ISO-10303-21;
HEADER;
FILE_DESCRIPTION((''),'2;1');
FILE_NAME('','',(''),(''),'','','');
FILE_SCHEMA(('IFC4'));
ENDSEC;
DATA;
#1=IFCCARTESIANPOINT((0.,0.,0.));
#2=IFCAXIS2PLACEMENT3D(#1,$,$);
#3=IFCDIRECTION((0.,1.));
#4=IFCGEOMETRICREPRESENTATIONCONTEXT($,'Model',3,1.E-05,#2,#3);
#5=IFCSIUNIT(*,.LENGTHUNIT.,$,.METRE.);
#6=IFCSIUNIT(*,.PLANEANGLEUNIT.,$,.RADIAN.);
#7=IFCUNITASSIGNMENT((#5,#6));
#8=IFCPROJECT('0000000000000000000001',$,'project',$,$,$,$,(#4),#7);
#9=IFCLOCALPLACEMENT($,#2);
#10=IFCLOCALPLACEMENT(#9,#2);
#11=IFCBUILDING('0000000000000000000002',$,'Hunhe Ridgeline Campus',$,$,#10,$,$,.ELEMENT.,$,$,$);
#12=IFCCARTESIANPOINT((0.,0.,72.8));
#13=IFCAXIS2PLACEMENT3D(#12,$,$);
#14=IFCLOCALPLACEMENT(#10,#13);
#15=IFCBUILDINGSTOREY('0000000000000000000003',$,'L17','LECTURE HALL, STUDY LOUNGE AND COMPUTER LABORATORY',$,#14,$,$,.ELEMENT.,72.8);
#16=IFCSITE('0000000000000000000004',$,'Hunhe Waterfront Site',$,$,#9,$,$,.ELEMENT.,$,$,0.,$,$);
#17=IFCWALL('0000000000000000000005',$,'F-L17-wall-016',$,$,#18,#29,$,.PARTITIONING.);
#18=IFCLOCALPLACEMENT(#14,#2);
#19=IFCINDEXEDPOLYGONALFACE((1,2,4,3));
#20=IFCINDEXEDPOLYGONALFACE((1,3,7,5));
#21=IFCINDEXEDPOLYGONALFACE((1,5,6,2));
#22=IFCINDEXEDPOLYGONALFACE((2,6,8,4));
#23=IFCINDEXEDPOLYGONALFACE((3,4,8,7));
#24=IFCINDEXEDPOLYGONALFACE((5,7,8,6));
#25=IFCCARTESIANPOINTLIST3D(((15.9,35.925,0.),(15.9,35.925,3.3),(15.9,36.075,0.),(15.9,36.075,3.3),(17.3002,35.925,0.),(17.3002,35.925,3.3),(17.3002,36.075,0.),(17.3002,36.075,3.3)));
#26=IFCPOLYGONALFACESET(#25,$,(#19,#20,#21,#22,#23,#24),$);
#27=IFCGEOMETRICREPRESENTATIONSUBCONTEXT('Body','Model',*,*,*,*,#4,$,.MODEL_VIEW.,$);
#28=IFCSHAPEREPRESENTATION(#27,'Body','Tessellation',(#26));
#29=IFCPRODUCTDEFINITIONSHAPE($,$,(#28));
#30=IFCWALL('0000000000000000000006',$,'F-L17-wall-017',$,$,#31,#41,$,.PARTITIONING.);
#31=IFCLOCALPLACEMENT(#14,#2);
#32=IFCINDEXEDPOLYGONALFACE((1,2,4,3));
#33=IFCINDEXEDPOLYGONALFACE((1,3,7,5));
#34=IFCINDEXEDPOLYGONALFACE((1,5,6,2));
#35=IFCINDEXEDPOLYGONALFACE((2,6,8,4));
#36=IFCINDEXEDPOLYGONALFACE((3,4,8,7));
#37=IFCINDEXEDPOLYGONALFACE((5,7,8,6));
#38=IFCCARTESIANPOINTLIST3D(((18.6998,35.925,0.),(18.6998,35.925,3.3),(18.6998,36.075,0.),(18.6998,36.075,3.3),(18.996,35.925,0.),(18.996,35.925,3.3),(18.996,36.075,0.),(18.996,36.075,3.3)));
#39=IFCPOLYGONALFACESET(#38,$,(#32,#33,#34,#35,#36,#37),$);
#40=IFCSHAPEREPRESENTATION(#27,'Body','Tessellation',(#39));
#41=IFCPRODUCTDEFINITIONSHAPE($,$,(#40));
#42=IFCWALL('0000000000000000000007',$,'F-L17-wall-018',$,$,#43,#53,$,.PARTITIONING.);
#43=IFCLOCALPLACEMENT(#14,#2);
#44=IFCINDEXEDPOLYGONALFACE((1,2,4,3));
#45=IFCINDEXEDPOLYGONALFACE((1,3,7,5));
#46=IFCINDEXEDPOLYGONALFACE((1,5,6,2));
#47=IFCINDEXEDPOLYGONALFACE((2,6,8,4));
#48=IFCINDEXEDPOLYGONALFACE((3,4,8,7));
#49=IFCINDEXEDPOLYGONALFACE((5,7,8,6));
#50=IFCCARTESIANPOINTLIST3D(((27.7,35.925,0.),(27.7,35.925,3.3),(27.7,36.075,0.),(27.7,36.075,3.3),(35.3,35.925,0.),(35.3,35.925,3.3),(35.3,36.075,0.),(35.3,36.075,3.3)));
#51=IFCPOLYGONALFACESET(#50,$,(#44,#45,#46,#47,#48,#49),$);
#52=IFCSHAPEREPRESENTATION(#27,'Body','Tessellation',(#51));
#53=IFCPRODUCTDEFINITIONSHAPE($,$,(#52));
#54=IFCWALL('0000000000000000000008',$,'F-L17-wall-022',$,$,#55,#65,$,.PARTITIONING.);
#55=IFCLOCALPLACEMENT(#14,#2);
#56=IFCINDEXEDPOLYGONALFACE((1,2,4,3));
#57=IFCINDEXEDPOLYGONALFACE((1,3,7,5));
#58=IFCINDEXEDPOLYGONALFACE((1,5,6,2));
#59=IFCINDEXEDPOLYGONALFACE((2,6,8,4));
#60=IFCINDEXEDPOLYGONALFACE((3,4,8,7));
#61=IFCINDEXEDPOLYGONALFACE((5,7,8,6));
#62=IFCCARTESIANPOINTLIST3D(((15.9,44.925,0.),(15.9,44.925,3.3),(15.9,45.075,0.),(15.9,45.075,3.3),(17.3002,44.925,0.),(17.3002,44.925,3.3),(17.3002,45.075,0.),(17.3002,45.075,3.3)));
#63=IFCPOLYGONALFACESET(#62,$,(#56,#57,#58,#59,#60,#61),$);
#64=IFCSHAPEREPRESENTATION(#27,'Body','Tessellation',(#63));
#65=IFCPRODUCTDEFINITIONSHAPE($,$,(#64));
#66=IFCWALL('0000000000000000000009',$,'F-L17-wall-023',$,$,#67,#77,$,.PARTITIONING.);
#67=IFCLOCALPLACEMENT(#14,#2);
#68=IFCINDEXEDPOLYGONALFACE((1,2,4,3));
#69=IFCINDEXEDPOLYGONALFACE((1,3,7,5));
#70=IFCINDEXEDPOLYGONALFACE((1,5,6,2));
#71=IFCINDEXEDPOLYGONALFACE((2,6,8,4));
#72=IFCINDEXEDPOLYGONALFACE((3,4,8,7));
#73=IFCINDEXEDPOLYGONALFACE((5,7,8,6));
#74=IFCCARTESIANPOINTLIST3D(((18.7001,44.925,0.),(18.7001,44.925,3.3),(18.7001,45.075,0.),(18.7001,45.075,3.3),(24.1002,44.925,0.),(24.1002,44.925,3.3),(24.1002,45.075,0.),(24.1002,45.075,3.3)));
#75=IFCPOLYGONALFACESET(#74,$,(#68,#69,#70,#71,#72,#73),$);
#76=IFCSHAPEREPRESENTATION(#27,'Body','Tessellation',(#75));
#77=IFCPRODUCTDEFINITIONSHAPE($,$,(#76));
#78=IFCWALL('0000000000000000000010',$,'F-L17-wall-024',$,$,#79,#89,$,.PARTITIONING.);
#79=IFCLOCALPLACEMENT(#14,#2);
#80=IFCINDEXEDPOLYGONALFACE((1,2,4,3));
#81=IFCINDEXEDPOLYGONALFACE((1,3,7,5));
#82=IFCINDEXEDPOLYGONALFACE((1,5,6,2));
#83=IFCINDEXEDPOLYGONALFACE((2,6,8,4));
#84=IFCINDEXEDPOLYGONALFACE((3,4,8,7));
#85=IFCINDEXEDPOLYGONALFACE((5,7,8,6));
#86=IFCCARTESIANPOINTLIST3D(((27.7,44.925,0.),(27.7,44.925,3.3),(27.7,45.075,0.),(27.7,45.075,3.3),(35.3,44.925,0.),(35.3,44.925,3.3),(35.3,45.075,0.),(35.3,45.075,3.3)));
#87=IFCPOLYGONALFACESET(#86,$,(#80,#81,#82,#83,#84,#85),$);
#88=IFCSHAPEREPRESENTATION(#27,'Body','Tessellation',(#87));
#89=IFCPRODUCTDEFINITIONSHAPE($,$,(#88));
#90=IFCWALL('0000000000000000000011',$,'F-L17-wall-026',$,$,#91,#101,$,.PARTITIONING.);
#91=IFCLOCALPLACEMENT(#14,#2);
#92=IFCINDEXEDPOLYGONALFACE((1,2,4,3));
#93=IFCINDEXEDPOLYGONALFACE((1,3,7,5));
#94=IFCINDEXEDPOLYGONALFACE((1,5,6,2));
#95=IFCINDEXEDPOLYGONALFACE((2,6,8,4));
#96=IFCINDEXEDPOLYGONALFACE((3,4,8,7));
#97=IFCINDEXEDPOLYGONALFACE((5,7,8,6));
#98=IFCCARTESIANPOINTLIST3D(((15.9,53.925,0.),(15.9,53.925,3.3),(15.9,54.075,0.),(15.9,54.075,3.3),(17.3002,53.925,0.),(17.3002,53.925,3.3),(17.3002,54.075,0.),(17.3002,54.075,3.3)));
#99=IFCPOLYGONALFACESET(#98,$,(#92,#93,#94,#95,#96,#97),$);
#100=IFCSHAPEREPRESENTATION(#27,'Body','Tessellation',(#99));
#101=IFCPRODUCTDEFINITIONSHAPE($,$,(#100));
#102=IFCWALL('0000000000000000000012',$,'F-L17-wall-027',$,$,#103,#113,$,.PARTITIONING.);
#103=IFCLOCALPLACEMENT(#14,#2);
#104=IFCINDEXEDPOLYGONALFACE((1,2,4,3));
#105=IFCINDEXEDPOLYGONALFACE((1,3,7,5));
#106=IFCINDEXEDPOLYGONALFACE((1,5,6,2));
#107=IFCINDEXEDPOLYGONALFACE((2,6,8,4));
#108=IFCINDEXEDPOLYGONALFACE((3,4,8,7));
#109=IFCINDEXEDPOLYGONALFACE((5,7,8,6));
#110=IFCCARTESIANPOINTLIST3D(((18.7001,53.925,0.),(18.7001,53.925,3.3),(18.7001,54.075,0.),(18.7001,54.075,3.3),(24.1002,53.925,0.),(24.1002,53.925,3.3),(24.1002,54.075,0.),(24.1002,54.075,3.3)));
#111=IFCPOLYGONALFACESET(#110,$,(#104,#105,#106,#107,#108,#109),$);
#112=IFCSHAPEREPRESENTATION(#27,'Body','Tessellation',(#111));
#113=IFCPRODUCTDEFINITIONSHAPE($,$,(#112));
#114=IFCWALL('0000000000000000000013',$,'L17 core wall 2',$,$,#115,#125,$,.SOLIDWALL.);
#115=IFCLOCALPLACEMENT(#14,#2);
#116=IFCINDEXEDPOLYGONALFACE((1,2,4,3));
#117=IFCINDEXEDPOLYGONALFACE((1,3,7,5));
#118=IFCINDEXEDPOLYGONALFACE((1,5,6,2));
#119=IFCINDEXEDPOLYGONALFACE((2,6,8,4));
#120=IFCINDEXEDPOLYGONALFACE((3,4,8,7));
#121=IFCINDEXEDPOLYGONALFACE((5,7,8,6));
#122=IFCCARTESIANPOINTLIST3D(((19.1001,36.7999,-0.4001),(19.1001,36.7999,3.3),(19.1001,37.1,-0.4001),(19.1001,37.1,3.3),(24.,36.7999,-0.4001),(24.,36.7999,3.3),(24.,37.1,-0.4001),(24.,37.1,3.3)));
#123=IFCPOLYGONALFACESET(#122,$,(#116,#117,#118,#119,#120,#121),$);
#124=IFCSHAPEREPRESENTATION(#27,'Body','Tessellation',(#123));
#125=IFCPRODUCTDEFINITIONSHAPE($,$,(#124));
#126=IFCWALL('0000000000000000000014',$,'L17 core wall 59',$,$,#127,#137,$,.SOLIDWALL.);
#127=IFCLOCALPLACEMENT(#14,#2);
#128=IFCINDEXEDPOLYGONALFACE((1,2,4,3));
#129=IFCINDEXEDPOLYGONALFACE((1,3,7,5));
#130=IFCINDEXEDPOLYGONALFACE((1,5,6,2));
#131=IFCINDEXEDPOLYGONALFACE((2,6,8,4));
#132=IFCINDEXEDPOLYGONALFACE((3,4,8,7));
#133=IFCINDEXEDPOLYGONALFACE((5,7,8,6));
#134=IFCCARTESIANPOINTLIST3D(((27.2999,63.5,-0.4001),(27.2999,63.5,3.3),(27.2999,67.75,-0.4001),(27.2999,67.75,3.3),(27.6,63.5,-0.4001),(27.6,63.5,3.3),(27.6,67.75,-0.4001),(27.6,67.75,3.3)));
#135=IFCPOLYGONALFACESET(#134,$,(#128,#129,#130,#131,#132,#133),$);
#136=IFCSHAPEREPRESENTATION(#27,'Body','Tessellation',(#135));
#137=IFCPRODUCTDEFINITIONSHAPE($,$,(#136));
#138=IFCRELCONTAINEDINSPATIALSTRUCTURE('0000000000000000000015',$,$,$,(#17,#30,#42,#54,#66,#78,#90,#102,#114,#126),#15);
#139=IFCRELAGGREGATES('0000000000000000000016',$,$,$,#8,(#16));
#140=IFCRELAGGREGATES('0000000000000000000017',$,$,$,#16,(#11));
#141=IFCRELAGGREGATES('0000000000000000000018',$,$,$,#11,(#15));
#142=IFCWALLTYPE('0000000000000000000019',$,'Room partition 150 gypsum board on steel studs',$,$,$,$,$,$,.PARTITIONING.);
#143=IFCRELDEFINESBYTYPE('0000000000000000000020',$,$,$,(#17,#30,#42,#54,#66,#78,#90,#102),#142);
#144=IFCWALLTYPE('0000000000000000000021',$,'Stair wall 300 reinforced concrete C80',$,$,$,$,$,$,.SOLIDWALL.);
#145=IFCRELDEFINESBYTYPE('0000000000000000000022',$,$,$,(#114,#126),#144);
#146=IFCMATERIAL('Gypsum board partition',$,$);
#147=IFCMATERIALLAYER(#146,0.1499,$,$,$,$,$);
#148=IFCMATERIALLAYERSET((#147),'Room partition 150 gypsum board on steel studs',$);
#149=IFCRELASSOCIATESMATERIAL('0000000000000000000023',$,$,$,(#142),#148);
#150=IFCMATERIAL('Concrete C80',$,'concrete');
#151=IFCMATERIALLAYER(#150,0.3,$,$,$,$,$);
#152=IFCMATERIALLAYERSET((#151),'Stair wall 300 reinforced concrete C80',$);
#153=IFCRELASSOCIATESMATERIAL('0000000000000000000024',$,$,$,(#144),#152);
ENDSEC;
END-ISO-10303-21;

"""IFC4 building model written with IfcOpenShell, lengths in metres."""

from ifc_helpers import new_model, si_unit, direction, frame, frame_2d, origin, place, context, subcontext, project, spatial, rectangle, extrude, material, layer, layer_set, type_object, element, save


model = new_model("IFC4")

# Units and contexts
model_context = context("Model", 3, precision=1e-05, world=origin(), true_north=direction((0.0, 1.0)))
body_context = subcontext(model_context, "Body", "Model", "MODEL_VIEW")
ifc_project = project(units=[si_unit("LENGTHUNIT", "METRE"), si_unit("PLANEANGLEUNIT", "RADIAN")], contexts=[model_context])

# Site, building, storey
site_placement = place(None, origin())
site = spatial("IfcSite", under=ifc_project, at=site_placement, Name="Hunhe Waterfront Site", CompositionType="ELEMENT", RefElevation=0.0)
building_placement = place(site_placement, origin())
building = spatial("IfcBuilding", under=site, at=building_placement, Name="Hunhe Ridgeline Campus", CompositionType="ELEMENT")
storey_placement = place(building_placement, frame((0.0, 0.0, 72.8)))
storey = spatial("IfcBuildingStorey", under=building, at=storey_placement, Name="L17", Description="LECTURE HALL, STUDY LOUNGE AND COMPUTER LABORATORY", CompositionType="ELEMENT", Elevation=72.8)

# Shared definitions
ifc_material_1 = material(Name="Concrete C80", Category="concrete")

# Shared definitions
ifc_material_2 = material(Name="Gypsum board partition")

# Walls
ifc_layer_1 = layer(ifc_material_2, 0.1499)
ifc_layer_set_1 = layer_set([ifc_layer_1], Name="Room partition 150 gypsum board on steel studs")
wall_type_1 = type_object("IfcWallType", Name="Room partition 150 gypsum board on steel studs", PredefinedType="PARTITIONING", material=ifc_layer_set_1)
wall_1_placement = place(storey_placement, frame((15.8999, 36.0, 0.0), z_axis=(0.0, 0.0, 1.0), x_axis=(1.0, 0.0, 0.0)))
element("IfcWall", 1, at=wall_1_placement, inside=storey, type_object=wall_type_1, Name="F-L17-wall-016", PredefinedType="PARTITIONING", context=body_context, shape_type="SweptSolid", body=[
    extrude(rectangle(XDim=1.4001, YDim=0.1499, at=frame_2d((0.7002, 0.0))), origin(), (0.0, 0.0, 1.0), 3.3),
])
wall_2_placement = place(storey_placement, frame((18.7, 36.0, 0.0), z_axis=(0.0, 0.0, 1.0), x_axis=(1.0, 0.0, 0.0)))
element("IfcWall", 2, at=wall_2_placement, inside=storey, type_object=wall_type_1, Name="F-L17-wall-017", PredefinedType="PARTITIONING", context=body_context, shape_type="SweptSolid", body=[
    extrude(rectangle(XDim=0.2961, YDim=0.1499, at=frame_2d((0.1479, 0.0))), origin(), (0.0, 0.0, 1.0), 3.3),
])
wall_3_placement = place(storey_placement, frame((27.7, 36.0, 0.0), z_axis=(0.0, 0.0, 1.0), x_axis=(1.0, 0.0, 0.0)))
element("IfcWall", 3, at=wall_3_placement, inside=storey, type_object=wall_type_1, Name="F-L17-wall-018", PredefinedType="PARTITIONING", context=body_context, shape_type="SweptSolid", body=[
    extrude(rectangle(XDim=7.6001, YDim=0.1499, at=frame_2d((3.8, 0.0))), origin(), (0.0, 0.0, 1.0), 3.3),
])
wall_4_placement = place(storey_placement, frame((15.8999, 45.0, 0.0), z_axis=(0.0, 0.0, 1.0), x_axis=(1.0, 0.0, 0.0)))
element("IfcWall", 4, at=wall_4_placement, inside=storey, type_object=wall_type_1, Name="F-L17-wall-022", PredefinedType="PARTITIONING", context=body_context, shape_type="SweptSolid", body=[
    extrude(rectangle(XDim=1.4001, YDim=0.1499, at=frame_2d((0.7002, 0.0))), origin(), (0.0, 0.0, 1.0), 3.3),
])
wall_5_placement = place(storey_placement, frame((18.7, 45.0, 0.0), z_axis=(0.0, 0.0, 1.0), x_axis=(1.0, 0.0, 0.0)))
element("IfcWall", 5, at=wall_5_placement, inside=storey, type_object=wall_type_1, Name="F-L17-wall-023", PredefinedType="PARTITIONING", context=body_context, shape_type="SweptSolid", body=[
    extrude(rectangle(XDim=5.4001, YDim=0.1499, at=frame_2d((2.7002, 0.0))), origin(), (0.0, 0.0, 1.0), 3.3),
])
wall_6_placement = place(storey_placement, frame((27.7, 45.0, 0.0), z_axis=(0.0, 0.0, 1.0), x_axis=(1.0, 0.0, 0.0)))
element("IfcWall", 6, at=wall_6_placement, inside=storey, type_object=wall_type_1, Name="F-L17-wall-024", PredefinedType="PARTITIONING", context=body_context, shape_type="SweptSolid", body=[
    extrude(rectangle(XDim=7.6001, YDim=0.1499, at=frame_2d((3.8, 0.0))), origin(), (0.0, 0.0, 1.0), 3.3),
])
wall_7_placement = place(storey_placement, frame((15.8999, 54.0, 0.0), z_axis=(0.0, 0.0, 1.0), x_axis=(1.0, 0.0, 0.0)))
element("IfcWall", 7, at=wall_7_placement, inside=storey, type_object=wall_type_1, Name="F-L17-wall-026", PredefinedType="PARTITIONING", context=body_context, shape_type="SweptSolid", body=[
    extrude(rectangle(XDim=1.4001, YDim=0.1499, at=frame_2d((0.7002, 0.0))), origin(), (0.0, 0.0, 1.0), 3.3),
])
wall_8_placement = place(storey_placement, frame((18.7, 54.0, 0.0), z_axis=(0.0, 0.0, 1.0), x_axis=(1.0, 0.0, 0.0)))
element("IfcWall", 8, at=wall_8_placement, inside=storey, type_object=wall_type_1, Name="F-L17-wall-027", PredefinedType="PARTITIONING", context=body_context, shape_type="SweptSolid", body=[
    extrude(rectangle(XDim=5.4001, YDim=0.1499, at=frame_2d((2.7002, 0.0))), origin(), (0.0, 0.0, 1.0), 3.3),
])
ifc_layer_2 = layer(ifc_material_1, 0.3)
ifc_layer_set_2 = layer_set([ifc_layer_2], Name="Stair wall 300 reinforced concrete C80")
wall_type_2 = type_object("IfcWallType", Name="Stair wall 300 reinforced concrete C80", PredefinedType="SOLIDWALL", material=ifc_layer_set_2)
wall_9_placement = place(storey_placement, frame((19.1001, 36.95, -0.4001), z_axis=(0.0, 0.0, 1.0), x_axis=(1.0, 0.0, 0.0)))
element("IfcWall", 9, at=wall_9_placement, inside=storey, type_object=wall_type_2, Name="L17 core wall 2", PredefinedType="SOLIDWALL", context=body_context, shape_type="SweptSolid", body=[
    extrude(rectangle(XDim=4.8999, YDim=0.3, at=frame_2d((2.45, 0.0))), origin(), (0.0, 0.0, 1.0), 3.7002),
])
wall_10_placement = place(storey_placement, frame((27.45, 63.5, -0.4001), z_axis=(0.0, 0.0, 1.0), x_axis=(0.0, 1.0, 0.0)))
element("IfcWall", 10, at=wall_10_placement, inside=storey, type_object=wall_type_2, Name="L17 core wall 59", PredefinedType="SOLIDWALL", context=body_context, shape_type="SweptSolid", body=[
    extrude(rectangle(XDim=4.25, YDim=0.3, at=frame_2d((2.125, 0.0))), origin(), (0.0, 0.0, 1.0), 3.7002),
])

save(model, "model.ifc")
